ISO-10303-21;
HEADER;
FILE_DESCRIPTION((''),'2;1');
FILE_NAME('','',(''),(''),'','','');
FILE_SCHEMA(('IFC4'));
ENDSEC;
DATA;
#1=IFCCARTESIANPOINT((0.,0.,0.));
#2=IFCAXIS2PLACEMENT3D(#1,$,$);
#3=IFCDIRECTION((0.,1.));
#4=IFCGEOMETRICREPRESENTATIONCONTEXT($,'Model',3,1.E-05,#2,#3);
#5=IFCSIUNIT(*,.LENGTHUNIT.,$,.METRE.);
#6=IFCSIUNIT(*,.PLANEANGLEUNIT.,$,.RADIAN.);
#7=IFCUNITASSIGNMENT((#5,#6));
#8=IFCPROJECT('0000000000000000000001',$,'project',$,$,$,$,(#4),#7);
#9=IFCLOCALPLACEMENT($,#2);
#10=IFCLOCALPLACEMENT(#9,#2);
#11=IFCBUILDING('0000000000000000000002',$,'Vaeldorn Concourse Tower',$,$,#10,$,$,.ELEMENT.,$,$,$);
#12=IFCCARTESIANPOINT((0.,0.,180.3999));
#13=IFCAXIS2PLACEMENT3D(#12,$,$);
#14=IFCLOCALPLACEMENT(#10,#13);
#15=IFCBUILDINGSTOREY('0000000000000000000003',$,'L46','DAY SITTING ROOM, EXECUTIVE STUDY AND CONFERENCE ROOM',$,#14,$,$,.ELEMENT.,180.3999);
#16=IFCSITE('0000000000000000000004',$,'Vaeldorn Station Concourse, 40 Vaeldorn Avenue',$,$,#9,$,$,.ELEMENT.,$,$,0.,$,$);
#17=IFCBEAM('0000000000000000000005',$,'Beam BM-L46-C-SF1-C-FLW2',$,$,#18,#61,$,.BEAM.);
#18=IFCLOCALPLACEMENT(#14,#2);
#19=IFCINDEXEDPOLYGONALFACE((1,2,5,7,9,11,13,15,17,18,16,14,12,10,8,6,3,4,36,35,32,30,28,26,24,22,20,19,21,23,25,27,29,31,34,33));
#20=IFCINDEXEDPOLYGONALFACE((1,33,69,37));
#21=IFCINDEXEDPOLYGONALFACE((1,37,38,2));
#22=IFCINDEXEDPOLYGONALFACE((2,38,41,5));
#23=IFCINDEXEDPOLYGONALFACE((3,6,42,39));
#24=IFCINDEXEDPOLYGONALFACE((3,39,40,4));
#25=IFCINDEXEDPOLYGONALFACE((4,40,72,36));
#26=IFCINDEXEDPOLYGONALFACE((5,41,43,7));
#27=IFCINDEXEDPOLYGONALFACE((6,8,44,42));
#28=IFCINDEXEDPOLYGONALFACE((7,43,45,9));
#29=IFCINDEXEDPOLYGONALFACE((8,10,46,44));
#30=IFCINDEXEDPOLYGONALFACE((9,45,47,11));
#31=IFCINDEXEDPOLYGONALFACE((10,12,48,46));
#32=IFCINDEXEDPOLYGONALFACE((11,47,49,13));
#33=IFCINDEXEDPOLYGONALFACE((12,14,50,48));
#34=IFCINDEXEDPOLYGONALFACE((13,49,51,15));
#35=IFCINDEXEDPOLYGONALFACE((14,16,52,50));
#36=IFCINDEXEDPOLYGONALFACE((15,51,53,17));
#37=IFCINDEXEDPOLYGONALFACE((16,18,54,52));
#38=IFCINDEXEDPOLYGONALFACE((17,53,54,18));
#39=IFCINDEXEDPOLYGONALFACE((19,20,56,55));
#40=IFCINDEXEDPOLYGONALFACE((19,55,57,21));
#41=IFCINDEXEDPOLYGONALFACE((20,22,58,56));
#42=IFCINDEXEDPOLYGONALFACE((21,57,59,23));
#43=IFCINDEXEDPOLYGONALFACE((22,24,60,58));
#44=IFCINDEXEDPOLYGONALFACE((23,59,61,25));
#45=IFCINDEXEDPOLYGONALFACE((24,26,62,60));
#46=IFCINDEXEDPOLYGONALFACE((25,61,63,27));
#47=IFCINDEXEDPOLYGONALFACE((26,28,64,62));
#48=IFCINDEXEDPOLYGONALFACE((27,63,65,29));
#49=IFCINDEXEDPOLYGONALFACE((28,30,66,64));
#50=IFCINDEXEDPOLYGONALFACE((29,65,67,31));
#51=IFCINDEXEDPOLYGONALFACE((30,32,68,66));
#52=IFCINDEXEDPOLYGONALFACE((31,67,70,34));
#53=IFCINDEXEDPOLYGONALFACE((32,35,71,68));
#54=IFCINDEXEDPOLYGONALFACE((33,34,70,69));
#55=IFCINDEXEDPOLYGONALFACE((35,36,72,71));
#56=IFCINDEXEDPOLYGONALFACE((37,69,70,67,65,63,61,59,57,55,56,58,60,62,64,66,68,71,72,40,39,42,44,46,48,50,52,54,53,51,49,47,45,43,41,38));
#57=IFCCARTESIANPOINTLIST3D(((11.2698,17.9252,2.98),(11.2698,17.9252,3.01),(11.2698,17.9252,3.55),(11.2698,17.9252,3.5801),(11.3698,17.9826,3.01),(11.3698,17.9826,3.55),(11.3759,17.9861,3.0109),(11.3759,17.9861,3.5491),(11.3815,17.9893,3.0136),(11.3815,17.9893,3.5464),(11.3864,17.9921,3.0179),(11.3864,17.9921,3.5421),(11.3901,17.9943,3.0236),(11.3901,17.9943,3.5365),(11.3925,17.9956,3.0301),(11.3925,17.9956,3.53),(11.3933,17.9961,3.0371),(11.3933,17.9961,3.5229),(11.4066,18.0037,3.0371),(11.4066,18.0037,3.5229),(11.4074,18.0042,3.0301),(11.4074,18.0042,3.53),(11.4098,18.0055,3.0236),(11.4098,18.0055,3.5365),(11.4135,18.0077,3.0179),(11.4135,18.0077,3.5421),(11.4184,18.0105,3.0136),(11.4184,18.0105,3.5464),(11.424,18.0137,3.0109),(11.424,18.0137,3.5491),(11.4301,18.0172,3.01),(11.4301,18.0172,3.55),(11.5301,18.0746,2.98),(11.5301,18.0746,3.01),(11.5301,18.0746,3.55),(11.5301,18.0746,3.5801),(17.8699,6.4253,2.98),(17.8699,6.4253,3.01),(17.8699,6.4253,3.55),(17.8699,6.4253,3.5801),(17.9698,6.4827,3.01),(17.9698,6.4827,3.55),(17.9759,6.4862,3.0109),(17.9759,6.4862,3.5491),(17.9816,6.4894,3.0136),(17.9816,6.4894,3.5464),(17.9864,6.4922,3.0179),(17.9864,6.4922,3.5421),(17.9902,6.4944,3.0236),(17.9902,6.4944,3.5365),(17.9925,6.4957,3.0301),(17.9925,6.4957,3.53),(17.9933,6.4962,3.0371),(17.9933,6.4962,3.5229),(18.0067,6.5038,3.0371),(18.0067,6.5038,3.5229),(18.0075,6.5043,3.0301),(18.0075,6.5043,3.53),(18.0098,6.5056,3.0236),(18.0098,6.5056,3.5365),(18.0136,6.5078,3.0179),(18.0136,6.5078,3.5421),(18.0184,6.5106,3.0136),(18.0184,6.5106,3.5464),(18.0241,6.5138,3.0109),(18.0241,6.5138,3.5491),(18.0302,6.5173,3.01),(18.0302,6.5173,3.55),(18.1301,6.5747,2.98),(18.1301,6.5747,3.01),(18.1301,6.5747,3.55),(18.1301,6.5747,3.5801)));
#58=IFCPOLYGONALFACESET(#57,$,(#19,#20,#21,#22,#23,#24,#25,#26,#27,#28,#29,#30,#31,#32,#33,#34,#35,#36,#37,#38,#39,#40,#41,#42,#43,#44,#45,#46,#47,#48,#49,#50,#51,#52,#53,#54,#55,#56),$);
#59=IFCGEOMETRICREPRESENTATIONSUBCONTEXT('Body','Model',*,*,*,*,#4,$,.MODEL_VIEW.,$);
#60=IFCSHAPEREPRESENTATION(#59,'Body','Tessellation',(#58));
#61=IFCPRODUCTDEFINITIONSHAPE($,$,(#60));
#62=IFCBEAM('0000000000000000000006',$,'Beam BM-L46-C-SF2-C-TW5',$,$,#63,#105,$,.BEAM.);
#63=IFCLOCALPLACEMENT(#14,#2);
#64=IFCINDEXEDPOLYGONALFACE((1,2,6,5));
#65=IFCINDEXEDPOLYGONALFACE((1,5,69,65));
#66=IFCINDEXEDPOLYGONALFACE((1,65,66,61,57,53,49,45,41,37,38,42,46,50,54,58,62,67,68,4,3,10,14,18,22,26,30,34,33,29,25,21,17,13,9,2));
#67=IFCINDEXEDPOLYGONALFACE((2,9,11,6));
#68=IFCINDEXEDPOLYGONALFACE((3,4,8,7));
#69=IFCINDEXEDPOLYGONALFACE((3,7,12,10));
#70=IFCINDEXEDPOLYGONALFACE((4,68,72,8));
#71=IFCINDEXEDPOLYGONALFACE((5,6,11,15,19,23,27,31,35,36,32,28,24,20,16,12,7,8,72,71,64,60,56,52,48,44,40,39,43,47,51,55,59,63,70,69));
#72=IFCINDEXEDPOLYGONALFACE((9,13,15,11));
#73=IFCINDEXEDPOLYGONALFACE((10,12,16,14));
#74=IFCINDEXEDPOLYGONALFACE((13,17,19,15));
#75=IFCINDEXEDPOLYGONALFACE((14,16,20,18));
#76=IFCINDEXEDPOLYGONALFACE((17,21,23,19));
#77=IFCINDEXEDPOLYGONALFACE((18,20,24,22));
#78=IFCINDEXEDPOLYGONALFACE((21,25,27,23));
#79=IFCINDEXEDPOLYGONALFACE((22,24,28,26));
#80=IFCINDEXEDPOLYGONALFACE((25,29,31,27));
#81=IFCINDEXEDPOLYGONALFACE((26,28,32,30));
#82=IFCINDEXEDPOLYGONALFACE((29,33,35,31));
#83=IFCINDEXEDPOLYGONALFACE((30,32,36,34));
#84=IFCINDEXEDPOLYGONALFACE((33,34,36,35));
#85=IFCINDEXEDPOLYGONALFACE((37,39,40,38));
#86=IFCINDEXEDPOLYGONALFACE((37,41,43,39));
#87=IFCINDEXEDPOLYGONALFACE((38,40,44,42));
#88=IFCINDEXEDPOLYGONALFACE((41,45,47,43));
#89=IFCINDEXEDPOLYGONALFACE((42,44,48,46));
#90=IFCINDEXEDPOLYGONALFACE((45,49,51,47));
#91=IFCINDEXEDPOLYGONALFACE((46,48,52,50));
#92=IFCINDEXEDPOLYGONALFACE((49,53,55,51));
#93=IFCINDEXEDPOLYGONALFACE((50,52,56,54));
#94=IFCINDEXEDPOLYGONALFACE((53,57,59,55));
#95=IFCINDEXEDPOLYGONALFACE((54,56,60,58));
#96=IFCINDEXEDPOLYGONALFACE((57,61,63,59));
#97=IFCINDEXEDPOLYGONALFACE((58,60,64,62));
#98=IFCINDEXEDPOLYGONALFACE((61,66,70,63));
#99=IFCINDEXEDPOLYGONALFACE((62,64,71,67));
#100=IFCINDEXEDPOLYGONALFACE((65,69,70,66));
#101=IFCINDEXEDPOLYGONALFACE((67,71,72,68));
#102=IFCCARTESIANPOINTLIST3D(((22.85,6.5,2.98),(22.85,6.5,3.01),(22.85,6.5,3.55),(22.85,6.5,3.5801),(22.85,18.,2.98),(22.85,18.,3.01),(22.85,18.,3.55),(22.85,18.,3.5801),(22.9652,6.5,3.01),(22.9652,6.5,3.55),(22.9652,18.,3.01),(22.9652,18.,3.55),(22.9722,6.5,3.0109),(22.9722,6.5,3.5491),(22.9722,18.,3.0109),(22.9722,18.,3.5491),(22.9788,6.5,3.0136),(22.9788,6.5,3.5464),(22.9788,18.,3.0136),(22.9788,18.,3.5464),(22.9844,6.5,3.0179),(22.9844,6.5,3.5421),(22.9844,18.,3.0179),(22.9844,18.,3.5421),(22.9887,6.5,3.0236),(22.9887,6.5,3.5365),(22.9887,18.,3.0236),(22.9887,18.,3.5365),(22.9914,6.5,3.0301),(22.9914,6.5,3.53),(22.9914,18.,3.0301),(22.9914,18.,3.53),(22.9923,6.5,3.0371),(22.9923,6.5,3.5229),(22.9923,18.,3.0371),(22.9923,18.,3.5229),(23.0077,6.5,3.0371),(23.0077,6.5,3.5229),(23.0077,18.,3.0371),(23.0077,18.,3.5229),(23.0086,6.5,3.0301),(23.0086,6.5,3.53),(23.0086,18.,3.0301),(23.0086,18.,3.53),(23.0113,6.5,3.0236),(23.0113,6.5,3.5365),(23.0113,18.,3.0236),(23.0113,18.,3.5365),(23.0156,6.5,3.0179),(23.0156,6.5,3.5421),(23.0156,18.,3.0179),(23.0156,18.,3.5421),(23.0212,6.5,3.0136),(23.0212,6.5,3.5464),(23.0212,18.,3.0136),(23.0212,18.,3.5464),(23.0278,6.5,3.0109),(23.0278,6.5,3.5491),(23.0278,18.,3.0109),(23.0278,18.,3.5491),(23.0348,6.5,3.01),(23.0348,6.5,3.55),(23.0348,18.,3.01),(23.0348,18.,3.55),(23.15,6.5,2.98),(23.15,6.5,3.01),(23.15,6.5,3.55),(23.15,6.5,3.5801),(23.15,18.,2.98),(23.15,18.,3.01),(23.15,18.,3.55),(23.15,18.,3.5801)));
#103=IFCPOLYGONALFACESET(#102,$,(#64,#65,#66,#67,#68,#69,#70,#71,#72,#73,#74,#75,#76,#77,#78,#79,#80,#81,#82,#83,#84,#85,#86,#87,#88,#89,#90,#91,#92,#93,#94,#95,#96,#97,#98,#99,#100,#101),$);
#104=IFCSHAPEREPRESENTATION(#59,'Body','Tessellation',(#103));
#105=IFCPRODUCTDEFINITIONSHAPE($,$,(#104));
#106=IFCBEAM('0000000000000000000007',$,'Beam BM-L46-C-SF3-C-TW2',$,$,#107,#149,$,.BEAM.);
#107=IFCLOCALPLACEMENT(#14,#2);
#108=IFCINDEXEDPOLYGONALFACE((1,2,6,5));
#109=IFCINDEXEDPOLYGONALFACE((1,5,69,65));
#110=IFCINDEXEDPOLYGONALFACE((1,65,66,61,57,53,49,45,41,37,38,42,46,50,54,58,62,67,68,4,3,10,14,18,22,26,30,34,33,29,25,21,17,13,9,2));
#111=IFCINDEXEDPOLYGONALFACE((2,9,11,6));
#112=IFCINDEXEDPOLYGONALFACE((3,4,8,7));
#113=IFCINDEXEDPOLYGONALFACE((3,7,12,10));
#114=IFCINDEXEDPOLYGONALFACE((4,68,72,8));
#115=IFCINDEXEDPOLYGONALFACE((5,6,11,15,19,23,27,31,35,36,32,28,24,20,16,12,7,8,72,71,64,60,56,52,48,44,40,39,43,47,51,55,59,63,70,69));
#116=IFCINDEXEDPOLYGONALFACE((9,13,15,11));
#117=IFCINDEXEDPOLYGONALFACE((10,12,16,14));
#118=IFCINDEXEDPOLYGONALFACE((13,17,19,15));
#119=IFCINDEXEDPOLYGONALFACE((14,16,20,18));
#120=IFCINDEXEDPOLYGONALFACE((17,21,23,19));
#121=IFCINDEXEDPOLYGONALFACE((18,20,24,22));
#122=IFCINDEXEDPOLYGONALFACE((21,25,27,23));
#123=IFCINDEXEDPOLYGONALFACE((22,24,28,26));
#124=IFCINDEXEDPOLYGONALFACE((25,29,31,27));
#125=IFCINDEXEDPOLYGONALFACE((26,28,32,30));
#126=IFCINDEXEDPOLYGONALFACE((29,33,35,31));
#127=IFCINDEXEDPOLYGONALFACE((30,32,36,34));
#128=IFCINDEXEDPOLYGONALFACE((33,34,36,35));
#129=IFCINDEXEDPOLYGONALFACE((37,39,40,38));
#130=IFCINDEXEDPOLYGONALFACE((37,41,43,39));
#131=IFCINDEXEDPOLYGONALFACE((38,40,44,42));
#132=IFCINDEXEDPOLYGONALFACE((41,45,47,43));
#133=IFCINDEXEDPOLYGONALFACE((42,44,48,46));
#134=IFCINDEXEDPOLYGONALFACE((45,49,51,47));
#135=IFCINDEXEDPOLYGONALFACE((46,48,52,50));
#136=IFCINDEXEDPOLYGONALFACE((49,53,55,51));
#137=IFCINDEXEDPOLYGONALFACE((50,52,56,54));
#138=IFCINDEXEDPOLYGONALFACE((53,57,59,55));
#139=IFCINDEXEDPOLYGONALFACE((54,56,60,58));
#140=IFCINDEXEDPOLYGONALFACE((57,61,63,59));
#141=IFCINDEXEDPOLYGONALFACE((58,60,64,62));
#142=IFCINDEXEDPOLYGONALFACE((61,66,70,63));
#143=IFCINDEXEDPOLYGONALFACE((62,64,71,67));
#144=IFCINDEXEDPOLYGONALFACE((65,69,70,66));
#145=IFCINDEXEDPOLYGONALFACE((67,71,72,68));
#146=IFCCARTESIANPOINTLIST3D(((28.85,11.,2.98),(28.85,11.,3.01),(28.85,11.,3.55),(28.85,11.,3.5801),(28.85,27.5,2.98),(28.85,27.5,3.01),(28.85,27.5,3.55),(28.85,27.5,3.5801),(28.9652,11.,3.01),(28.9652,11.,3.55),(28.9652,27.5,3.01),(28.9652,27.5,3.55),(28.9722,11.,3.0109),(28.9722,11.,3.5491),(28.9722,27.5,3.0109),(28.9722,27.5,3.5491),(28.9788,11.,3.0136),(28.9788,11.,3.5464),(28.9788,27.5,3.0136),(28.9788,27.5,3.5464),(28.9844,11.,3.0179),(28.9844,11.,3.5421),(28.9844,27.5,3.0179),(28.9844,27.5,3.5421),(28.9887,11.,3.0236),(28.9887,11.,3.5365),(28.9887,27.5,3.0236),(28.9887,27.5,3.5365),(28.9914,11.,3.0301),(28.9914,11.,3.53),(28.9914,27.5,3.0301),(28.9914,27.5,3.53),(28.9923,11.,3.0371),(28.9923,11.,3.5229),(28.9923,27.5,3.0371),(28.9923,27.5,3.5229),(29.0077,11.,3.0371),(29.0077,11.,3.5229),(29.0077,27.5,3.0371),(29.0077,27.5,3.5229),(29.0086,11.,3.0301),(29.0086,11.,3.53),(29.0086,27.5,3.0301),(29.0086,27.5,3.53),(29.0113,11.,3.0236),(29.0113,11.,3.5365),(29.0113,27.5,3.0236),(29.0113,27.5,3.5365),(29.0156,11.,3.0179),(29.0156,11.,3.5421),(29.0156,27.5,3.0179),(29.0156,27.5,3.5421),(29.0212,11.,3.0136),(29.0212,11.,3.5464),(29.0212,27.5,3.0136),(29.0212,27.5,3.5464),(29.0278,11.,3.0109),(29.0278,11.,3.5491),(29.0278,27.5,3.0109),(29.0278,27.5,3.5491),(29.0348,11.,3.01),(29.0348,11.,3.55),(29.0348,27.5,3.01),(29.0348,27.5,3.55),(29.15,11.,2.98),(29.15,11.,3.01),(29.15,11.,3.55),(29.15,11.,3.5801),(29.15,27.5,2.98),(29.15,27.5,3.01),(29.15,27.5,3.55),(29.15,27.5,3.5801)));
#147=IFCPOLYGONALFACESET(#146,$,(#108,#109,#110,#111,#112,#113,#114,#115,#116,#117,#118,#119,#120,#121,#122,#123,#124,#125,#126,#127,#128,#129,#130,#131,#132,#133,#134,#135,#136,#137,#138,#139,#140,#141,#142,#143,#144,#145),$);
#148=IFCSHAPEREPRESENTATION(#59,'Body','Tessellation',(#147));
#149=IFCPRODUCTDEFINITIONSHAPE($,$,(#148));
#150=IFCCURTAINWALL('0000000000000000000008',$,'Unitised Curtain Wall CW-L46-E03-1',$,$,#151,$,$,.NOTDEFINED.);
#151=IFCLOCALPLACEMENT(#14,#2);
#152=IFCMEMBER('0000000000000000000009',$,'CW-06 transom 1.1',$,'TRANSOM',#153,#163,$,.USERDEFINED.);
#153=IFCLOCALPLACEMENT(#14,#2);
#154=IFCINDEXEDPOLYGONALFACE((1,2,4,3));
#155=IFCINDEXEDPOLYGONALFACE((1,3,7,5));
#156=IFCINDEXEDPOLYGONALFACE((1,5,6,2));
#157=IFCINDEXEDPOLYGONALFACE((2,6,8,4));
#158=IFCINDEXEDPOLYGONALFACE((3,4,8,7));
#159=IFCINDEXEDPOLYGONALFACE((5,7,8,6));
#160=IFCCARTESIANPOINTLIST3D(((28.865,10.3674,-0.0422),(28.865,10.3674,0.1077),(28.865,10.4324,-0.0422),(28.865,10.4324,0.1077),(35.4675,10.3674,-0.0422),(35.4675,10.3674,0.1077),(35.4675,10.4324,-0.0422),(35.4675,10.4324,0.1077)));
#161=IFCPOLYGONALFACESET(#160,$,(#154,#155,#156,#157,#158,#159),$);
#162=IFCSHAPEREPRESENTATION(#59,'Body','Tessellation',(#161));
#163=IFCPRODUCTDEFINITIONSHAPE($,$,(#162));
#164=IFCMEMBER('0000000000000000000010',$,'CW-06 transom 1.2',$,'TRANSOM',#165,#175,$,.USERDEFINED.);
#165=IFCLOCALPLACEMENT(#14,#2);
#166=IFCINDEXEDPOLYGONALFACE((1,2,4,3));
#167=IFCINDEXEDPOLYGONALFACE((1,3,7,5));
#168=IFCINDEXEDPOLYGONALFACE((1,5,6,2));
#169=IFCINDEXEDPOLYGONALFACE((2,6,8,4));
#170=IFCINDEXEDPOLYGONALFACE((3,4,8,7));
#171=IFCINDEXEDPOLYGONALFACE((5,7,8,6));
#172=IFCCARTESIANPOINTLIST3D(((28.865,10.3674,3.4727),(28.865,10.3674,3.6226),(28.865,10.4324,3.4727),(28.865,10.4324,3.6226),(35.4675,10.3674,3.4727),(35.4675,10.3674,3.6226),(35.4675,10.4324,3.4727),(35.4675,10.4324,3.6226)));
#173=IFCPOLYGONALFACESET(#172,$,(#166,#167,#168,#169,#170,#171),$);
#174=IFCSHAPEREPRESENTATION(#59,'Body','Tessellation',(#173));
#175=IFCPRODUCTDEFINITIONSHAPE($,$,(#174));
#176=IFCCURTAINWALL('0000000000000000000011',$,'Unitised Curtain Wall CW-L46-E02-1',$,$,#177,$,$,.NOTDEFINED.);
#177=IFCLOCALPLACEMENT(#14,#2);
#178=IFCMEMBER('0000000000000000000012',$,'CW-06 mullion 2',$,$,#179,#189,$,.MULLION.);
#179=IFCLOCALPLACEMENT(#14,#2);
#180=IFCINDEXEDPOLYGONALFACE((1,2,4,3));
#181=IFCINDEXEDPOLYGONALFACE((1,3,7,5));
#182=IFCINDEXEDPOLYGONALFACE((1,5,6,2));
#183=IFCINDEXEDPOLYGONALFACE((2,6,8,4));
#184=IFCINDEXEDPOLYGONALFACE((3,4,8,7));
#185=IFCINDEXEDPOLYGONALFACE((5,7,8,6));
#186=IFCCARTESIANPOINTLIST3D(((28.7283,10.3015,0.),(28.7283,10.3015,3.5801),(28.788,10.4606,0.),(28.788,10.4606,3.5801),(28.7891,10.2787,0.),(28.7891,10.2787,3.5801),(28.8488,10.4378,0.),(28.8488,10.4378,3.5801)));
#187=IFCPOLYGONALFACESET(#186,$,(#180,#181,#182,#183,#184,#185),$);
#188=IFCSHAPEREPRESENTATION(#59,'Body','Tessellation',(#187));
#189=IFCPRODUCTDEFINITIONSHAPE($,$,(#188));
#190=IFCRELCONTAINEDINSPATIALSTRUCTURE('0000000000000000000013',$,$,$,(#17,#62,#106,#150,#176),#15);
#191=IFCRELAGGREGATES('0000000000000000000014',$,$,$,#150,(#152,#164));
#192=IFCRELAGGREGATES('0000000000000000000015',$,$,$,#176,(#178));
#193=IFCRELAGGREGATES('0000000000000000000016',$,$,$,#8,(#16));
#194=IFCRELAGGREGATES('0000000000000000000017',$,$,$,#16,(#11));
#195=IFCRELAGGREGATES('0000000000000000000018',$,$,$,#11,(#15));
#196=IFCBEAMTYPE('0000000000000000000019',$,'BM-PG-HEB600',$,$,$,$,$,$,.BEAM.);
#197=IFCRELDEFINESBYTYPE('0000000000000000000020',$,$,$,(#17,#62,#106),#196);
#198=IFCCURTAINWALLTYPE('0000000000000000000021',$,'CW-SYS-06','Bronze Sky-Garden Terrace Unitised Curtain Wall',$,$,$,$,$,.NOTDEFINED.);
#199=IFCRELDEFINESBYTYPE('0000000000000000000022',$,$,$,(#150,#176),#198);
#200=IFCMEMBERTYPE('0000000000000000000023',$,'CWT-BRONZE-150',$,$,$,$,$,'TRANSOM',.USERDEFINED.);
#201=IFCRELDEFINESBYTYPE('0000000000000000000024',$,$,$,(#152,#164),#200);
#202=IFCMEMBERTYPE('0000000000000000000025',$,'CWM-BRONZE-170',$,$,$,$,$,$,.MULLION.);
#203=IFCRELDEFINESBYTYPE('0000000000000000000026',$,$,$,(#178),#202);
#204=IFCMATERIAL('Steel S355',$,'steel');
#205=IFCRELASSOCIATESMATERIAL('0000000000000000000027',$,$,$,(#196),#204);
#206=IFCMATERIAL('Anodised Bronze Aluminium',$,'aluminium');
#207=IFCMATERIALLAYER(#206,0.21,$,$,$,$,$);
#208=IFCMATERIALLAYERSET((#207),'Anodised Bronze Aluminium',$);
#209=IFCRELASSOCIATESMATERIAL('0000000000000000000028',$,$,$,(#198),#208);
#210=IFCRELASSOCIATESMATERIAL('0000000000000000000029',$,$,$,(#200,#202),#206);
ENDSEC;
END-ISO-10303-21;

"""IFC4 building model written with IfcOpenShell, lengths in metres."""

from ifc_helpers import new_model, si_unit, direction, frame, origin, origin_2d, place, context, subcontext, project, spatial, rectangle, i_section, extrude, source, transform, mapped, material, layer, layer_set, material_profile, profile_set, type_object, element, aggregate, save


model = new_model("IFC4")

# Units and contexts
model_context = context("Model", 3, precision=1e-05, world=origin(), true_north=direction((0.0, 1.0)))
body_context = subcontext(model_context, "Body", "Model", "MODEL_VIEW")
ifc_project = project(units=[si_unit("LENGTHUNIT", "METRE"), si_unit("PLANEANGLEUNIT", "RADIAN")], contexts=[model_context])

# Site, building, storey
site_placement = place(None, origin())
site = spatial("IfcSite", under=ifc_project, at=site_placement, Name="Vaeldorn Station Concourse, 40 Vaeldorn Avenue", CompositionType="ELEMENT", RefElevation=0.0)
building_placement = place(site_placement, origin())
building = spatial("IfcBuilding", under=site, at=building_placement, Name="Vaeldorn Concourse Tower", CompositionType="ELEMENT")
storey_placement = place(building_placement, frame((0.0, 0.0, 180.3999)))
storey = spatial("IfcBuildingStorey", under=building, at=storey_placement, Name="L46", Description="DAY SITTING ROOM, EXECUTIVE STUDY AND CONFERENCE ROOM", CompositionType="ELEMENT", Elevation=180.3999)

# Shared definitions
ifc_material_1 = material(Name="Steel S355", Category="steel")

# Beams
ifc_material_profile_1 = material_profile(ifc_material_1, i_section(OverallWidth=0.3, OverallDepth=0.6001, WebThickness=0.0154, FlangeThickness=0.03, FilletRadius=0.0271, at=origin_2d()), Name="HEB 600")
ifc_profile_set_1 = profile_set([ifc_material_profile_1], Name="Steel S355")
beam_type_1 = type_object("IfcBeamType", Name="BM-PG-HEB600", PredefinedType="BEAM", material=ifc_profile_set_1)
shared_shape_1 = source(origin(), body_context, "Body", "SweptSolid", [
    extrude(i_section(OverallWidth=0.3, OverallDepth=0.6001, WebThickness=0.0154, FlangeThickness=0.03, FilletRadius=0.0271, at=origin_2d()), origin(), (0.0, 0.0, 1.0), 13.2593),
])
beam_1_placement = place(storey_placement, frame((18.0, 6.5, 3.28), z_axis=(-0.497768, 0.86731, 0.0), x_axis=(-0.86731, -0.497768, 0.0)))
element("IfcBeam", 1, at=beam_1_placement, inside=storey, type_object=beam_type_1, Name="Beam BM-L46-C-SF1-C-FLW2", PredefinedType="BEAM", context=body_context, shape_type="MappedRepresentation", body=[
    mapped(shared_shape_1, transform((0.0, 0.0, 0.0), scale=1.0)),
])
shared_shape_2 = source(origin(), body_context, "Body", "SweptSolid", [
    extrude(i_section(OverallWidth=0.3, OverallDepth=0.6001, WebThickness=0.0154, FlangeThickness=0.03, FilletRadius=0.0271, at=origin_2d()), origin(), (0.0, 0.0, 1.0), 11.5),
])
beam_2_placement = place(storey_placement, frame((23.0, 6.5, 3.28), z_axis=(0.0, 1.0, 0.0), x_axis=(-1.0, 0.0, 0.0)))
element("IfcBeam", 2, at=beam_2_placement, inside=storey, type_object=beam_type_1, Name="Beam BM-L46-C-SF2-C-TW5", PredefinedType="BEAM", context=body_context, shape_type="MappedRepresentation", body=[
    mapped(shared_shape_2, transform((0.0, 0.0, 0.0), scale=1.0)),
])
shared_shape_3 = source(origin(), body_context, "Body", "SweptSolid", [
    extrude(i_section(OverallWidth=0.3, OverallDepth=0.6001, WebThickness=0.0154, FlangeThickness=0.03, FilletRadius=0.0271, at=origin_2d()), origin(), (0.0, 0.0, 1.0), 16.5),
])
beam_3_placement = place(storey_placement, frame((29.0, 11.0, 3.28), z_axis=(0.0, 1.0, 0.0), x_axis=(-1.0, 0.0, 0.0)))
element("IfcBeam", 3, at=beam_3_placement, inside=storey, type_object=beam_type_1, Name="Beam BM-L46-C-SF3-C-TW2", PredefinedType="BEAM", context=body_context, shape_type="MappedRepresentation", body=[
    mapped(shared_shape_3, transform((0.0, 0.0, 0.0), scale=1.0)),
])

# Curtain wall, members
ifc_material_2 = material(Name="Anodised Bronze Aluminium", Category="aluminium")
ifc_layer_1 = layer(ifc_material_2, 0.21)
ifc_layer_set_1 = layer_set([ifc_layer_1], Name="Anodised Bronze Aluminium")
curtain_wall_type = type_object("IfcCurtainWallType", Name="CW-SYS-06", Description="Bronze Sky-Garden Terrace Unitised Curtain Wall", PredefinedType="NOTDEFINED", material=ifc_layer_set_1)
curtain_wall_1_placement = place(storey_placement, origin())
curtain_wall_1 = element("IfcCurtainWall", 4, at=curtain_wall_1_placement, inside=storey, type_object=curtain_wall_type, Name="Unitised Curtain Wall CW-L46-E03-1", PredefinedType="NOTDEFINED")
ifc_material_profile_2 = material_profile(ifc_material_2, rectangle(XDim=0.0649, YDim=0.1499, at=origin_2d()), Name="CWT 65x150")
ifc_profile_set_2 = profile_set([ifc_material_profile_2], Name="Anodised Bronze Aluminium")
member_type_1 = type_object("IfcMemberType", Name="CWT-BRONZE-150", ElementType="TRANSOM", PredefinedType="USERDEFINED", material=ifc_profile_set_2)
shared_shape_4 = source(origin(), body_context, "Body", "SweptSolid", [
    extrude(rectangle(XDim=0.0649, YDim=0.1499, at=origin_2d()), origin(), (0.0, 0.0, 1.0), 6.6025),
])
member_1_placement = place(storey_placement, frame((28.865, 10.3999, 0.0327), z_axis=(1.0, 0.0, 0.0), x_axis=(0.0, 1.0, 0.0)))
member_1 = element("IfcMember", 5, at=member_1_placement, type_object=member_type_1, Name="CW-06 transom 1.1", ObjectType="TRANSOM", PredefinedType="USERDEFINED", context=body_context, shape_type="MappedRepresentation", body=[
    mapped(shared_shape_4, transform((0.0, 0.0, 0.0), scale=1.0)),
])
member_2_placement = place(storey_placement, frame((28.865, 10.3999, 3.5476), z_axis=(1.0, 0.0, 0.0), x_axis=(0.0, 1.0, 0.0)))
member_2 = element("IfcMember", 6, at=member_2_placement, type_object=member_type_1, Name="CW-06 transom 1.2", ObjectType="TRANSOM", PredefinedType="USERDEFINED", context=body_context, shape_type="MappedRepresentation", body=[
    mapped(shared_shape_4, transform((0.0, 0.0, 0.0), scale=1.0)),
])

# Curtain wall, member
curtain_wall_2_placement = place(storey_placement, origin())
curtain_wall_2 = element("IfcCurtainWall", 7, at=curtain_wall_2_placement, inside=storey, type_object=curtain_wall_type, Name="Unitised Curtain Wall CW-L46-E02-1", PredefinedType="NOTDEFINED")
ifc_material_profile_3 = material_profile(ifc_material_2, rectangle(XDim=0.0649, YDim=0.1699, at=origin_2d()), Name="CWM 65x170")
ifc_profile_set_3 = profile_set([ifc_material_profile_3], Name="Anodised Bronze Aluminium")
member_type_2 = type_object("IfcMemberType", Name="CWM-BRONZE-170", PredefinedType="MULLION", material=ifc_profile_set_3)
shared_shape_5 = source(origin(), body_context, "Body", "SweptSolid", [
    extrude(rectangle(XDim=0.0649, YDim=0.1699, at=origin_2d()), origin(), (0.0, 0.0, 1.0), 3.5801),
])
member_3_placement = place(storey_placement, frame((28.7886, 10.3696, 0.0), z_axis=(0.0, 0.0, 1.0), x_axis=(-0.936329, 0.351123, 0.0)))
member_3 = element("IfcMember", 8, at=member_3_placement, type_object=member_type_2, Name="CW-06 mullion 2", PredefinedType="MULLION", context=body_context, shape_type="MappedRepresentation", body=[
    mapped(shared_shape_5, transform((0.0, 0.0, 0.0), scale=1.0)),
])

aggregate(curtain_wall_1, [member_1, member_2])

aggregate(curtain_wall_2, [member_3])

save(model, "model.ifc")
